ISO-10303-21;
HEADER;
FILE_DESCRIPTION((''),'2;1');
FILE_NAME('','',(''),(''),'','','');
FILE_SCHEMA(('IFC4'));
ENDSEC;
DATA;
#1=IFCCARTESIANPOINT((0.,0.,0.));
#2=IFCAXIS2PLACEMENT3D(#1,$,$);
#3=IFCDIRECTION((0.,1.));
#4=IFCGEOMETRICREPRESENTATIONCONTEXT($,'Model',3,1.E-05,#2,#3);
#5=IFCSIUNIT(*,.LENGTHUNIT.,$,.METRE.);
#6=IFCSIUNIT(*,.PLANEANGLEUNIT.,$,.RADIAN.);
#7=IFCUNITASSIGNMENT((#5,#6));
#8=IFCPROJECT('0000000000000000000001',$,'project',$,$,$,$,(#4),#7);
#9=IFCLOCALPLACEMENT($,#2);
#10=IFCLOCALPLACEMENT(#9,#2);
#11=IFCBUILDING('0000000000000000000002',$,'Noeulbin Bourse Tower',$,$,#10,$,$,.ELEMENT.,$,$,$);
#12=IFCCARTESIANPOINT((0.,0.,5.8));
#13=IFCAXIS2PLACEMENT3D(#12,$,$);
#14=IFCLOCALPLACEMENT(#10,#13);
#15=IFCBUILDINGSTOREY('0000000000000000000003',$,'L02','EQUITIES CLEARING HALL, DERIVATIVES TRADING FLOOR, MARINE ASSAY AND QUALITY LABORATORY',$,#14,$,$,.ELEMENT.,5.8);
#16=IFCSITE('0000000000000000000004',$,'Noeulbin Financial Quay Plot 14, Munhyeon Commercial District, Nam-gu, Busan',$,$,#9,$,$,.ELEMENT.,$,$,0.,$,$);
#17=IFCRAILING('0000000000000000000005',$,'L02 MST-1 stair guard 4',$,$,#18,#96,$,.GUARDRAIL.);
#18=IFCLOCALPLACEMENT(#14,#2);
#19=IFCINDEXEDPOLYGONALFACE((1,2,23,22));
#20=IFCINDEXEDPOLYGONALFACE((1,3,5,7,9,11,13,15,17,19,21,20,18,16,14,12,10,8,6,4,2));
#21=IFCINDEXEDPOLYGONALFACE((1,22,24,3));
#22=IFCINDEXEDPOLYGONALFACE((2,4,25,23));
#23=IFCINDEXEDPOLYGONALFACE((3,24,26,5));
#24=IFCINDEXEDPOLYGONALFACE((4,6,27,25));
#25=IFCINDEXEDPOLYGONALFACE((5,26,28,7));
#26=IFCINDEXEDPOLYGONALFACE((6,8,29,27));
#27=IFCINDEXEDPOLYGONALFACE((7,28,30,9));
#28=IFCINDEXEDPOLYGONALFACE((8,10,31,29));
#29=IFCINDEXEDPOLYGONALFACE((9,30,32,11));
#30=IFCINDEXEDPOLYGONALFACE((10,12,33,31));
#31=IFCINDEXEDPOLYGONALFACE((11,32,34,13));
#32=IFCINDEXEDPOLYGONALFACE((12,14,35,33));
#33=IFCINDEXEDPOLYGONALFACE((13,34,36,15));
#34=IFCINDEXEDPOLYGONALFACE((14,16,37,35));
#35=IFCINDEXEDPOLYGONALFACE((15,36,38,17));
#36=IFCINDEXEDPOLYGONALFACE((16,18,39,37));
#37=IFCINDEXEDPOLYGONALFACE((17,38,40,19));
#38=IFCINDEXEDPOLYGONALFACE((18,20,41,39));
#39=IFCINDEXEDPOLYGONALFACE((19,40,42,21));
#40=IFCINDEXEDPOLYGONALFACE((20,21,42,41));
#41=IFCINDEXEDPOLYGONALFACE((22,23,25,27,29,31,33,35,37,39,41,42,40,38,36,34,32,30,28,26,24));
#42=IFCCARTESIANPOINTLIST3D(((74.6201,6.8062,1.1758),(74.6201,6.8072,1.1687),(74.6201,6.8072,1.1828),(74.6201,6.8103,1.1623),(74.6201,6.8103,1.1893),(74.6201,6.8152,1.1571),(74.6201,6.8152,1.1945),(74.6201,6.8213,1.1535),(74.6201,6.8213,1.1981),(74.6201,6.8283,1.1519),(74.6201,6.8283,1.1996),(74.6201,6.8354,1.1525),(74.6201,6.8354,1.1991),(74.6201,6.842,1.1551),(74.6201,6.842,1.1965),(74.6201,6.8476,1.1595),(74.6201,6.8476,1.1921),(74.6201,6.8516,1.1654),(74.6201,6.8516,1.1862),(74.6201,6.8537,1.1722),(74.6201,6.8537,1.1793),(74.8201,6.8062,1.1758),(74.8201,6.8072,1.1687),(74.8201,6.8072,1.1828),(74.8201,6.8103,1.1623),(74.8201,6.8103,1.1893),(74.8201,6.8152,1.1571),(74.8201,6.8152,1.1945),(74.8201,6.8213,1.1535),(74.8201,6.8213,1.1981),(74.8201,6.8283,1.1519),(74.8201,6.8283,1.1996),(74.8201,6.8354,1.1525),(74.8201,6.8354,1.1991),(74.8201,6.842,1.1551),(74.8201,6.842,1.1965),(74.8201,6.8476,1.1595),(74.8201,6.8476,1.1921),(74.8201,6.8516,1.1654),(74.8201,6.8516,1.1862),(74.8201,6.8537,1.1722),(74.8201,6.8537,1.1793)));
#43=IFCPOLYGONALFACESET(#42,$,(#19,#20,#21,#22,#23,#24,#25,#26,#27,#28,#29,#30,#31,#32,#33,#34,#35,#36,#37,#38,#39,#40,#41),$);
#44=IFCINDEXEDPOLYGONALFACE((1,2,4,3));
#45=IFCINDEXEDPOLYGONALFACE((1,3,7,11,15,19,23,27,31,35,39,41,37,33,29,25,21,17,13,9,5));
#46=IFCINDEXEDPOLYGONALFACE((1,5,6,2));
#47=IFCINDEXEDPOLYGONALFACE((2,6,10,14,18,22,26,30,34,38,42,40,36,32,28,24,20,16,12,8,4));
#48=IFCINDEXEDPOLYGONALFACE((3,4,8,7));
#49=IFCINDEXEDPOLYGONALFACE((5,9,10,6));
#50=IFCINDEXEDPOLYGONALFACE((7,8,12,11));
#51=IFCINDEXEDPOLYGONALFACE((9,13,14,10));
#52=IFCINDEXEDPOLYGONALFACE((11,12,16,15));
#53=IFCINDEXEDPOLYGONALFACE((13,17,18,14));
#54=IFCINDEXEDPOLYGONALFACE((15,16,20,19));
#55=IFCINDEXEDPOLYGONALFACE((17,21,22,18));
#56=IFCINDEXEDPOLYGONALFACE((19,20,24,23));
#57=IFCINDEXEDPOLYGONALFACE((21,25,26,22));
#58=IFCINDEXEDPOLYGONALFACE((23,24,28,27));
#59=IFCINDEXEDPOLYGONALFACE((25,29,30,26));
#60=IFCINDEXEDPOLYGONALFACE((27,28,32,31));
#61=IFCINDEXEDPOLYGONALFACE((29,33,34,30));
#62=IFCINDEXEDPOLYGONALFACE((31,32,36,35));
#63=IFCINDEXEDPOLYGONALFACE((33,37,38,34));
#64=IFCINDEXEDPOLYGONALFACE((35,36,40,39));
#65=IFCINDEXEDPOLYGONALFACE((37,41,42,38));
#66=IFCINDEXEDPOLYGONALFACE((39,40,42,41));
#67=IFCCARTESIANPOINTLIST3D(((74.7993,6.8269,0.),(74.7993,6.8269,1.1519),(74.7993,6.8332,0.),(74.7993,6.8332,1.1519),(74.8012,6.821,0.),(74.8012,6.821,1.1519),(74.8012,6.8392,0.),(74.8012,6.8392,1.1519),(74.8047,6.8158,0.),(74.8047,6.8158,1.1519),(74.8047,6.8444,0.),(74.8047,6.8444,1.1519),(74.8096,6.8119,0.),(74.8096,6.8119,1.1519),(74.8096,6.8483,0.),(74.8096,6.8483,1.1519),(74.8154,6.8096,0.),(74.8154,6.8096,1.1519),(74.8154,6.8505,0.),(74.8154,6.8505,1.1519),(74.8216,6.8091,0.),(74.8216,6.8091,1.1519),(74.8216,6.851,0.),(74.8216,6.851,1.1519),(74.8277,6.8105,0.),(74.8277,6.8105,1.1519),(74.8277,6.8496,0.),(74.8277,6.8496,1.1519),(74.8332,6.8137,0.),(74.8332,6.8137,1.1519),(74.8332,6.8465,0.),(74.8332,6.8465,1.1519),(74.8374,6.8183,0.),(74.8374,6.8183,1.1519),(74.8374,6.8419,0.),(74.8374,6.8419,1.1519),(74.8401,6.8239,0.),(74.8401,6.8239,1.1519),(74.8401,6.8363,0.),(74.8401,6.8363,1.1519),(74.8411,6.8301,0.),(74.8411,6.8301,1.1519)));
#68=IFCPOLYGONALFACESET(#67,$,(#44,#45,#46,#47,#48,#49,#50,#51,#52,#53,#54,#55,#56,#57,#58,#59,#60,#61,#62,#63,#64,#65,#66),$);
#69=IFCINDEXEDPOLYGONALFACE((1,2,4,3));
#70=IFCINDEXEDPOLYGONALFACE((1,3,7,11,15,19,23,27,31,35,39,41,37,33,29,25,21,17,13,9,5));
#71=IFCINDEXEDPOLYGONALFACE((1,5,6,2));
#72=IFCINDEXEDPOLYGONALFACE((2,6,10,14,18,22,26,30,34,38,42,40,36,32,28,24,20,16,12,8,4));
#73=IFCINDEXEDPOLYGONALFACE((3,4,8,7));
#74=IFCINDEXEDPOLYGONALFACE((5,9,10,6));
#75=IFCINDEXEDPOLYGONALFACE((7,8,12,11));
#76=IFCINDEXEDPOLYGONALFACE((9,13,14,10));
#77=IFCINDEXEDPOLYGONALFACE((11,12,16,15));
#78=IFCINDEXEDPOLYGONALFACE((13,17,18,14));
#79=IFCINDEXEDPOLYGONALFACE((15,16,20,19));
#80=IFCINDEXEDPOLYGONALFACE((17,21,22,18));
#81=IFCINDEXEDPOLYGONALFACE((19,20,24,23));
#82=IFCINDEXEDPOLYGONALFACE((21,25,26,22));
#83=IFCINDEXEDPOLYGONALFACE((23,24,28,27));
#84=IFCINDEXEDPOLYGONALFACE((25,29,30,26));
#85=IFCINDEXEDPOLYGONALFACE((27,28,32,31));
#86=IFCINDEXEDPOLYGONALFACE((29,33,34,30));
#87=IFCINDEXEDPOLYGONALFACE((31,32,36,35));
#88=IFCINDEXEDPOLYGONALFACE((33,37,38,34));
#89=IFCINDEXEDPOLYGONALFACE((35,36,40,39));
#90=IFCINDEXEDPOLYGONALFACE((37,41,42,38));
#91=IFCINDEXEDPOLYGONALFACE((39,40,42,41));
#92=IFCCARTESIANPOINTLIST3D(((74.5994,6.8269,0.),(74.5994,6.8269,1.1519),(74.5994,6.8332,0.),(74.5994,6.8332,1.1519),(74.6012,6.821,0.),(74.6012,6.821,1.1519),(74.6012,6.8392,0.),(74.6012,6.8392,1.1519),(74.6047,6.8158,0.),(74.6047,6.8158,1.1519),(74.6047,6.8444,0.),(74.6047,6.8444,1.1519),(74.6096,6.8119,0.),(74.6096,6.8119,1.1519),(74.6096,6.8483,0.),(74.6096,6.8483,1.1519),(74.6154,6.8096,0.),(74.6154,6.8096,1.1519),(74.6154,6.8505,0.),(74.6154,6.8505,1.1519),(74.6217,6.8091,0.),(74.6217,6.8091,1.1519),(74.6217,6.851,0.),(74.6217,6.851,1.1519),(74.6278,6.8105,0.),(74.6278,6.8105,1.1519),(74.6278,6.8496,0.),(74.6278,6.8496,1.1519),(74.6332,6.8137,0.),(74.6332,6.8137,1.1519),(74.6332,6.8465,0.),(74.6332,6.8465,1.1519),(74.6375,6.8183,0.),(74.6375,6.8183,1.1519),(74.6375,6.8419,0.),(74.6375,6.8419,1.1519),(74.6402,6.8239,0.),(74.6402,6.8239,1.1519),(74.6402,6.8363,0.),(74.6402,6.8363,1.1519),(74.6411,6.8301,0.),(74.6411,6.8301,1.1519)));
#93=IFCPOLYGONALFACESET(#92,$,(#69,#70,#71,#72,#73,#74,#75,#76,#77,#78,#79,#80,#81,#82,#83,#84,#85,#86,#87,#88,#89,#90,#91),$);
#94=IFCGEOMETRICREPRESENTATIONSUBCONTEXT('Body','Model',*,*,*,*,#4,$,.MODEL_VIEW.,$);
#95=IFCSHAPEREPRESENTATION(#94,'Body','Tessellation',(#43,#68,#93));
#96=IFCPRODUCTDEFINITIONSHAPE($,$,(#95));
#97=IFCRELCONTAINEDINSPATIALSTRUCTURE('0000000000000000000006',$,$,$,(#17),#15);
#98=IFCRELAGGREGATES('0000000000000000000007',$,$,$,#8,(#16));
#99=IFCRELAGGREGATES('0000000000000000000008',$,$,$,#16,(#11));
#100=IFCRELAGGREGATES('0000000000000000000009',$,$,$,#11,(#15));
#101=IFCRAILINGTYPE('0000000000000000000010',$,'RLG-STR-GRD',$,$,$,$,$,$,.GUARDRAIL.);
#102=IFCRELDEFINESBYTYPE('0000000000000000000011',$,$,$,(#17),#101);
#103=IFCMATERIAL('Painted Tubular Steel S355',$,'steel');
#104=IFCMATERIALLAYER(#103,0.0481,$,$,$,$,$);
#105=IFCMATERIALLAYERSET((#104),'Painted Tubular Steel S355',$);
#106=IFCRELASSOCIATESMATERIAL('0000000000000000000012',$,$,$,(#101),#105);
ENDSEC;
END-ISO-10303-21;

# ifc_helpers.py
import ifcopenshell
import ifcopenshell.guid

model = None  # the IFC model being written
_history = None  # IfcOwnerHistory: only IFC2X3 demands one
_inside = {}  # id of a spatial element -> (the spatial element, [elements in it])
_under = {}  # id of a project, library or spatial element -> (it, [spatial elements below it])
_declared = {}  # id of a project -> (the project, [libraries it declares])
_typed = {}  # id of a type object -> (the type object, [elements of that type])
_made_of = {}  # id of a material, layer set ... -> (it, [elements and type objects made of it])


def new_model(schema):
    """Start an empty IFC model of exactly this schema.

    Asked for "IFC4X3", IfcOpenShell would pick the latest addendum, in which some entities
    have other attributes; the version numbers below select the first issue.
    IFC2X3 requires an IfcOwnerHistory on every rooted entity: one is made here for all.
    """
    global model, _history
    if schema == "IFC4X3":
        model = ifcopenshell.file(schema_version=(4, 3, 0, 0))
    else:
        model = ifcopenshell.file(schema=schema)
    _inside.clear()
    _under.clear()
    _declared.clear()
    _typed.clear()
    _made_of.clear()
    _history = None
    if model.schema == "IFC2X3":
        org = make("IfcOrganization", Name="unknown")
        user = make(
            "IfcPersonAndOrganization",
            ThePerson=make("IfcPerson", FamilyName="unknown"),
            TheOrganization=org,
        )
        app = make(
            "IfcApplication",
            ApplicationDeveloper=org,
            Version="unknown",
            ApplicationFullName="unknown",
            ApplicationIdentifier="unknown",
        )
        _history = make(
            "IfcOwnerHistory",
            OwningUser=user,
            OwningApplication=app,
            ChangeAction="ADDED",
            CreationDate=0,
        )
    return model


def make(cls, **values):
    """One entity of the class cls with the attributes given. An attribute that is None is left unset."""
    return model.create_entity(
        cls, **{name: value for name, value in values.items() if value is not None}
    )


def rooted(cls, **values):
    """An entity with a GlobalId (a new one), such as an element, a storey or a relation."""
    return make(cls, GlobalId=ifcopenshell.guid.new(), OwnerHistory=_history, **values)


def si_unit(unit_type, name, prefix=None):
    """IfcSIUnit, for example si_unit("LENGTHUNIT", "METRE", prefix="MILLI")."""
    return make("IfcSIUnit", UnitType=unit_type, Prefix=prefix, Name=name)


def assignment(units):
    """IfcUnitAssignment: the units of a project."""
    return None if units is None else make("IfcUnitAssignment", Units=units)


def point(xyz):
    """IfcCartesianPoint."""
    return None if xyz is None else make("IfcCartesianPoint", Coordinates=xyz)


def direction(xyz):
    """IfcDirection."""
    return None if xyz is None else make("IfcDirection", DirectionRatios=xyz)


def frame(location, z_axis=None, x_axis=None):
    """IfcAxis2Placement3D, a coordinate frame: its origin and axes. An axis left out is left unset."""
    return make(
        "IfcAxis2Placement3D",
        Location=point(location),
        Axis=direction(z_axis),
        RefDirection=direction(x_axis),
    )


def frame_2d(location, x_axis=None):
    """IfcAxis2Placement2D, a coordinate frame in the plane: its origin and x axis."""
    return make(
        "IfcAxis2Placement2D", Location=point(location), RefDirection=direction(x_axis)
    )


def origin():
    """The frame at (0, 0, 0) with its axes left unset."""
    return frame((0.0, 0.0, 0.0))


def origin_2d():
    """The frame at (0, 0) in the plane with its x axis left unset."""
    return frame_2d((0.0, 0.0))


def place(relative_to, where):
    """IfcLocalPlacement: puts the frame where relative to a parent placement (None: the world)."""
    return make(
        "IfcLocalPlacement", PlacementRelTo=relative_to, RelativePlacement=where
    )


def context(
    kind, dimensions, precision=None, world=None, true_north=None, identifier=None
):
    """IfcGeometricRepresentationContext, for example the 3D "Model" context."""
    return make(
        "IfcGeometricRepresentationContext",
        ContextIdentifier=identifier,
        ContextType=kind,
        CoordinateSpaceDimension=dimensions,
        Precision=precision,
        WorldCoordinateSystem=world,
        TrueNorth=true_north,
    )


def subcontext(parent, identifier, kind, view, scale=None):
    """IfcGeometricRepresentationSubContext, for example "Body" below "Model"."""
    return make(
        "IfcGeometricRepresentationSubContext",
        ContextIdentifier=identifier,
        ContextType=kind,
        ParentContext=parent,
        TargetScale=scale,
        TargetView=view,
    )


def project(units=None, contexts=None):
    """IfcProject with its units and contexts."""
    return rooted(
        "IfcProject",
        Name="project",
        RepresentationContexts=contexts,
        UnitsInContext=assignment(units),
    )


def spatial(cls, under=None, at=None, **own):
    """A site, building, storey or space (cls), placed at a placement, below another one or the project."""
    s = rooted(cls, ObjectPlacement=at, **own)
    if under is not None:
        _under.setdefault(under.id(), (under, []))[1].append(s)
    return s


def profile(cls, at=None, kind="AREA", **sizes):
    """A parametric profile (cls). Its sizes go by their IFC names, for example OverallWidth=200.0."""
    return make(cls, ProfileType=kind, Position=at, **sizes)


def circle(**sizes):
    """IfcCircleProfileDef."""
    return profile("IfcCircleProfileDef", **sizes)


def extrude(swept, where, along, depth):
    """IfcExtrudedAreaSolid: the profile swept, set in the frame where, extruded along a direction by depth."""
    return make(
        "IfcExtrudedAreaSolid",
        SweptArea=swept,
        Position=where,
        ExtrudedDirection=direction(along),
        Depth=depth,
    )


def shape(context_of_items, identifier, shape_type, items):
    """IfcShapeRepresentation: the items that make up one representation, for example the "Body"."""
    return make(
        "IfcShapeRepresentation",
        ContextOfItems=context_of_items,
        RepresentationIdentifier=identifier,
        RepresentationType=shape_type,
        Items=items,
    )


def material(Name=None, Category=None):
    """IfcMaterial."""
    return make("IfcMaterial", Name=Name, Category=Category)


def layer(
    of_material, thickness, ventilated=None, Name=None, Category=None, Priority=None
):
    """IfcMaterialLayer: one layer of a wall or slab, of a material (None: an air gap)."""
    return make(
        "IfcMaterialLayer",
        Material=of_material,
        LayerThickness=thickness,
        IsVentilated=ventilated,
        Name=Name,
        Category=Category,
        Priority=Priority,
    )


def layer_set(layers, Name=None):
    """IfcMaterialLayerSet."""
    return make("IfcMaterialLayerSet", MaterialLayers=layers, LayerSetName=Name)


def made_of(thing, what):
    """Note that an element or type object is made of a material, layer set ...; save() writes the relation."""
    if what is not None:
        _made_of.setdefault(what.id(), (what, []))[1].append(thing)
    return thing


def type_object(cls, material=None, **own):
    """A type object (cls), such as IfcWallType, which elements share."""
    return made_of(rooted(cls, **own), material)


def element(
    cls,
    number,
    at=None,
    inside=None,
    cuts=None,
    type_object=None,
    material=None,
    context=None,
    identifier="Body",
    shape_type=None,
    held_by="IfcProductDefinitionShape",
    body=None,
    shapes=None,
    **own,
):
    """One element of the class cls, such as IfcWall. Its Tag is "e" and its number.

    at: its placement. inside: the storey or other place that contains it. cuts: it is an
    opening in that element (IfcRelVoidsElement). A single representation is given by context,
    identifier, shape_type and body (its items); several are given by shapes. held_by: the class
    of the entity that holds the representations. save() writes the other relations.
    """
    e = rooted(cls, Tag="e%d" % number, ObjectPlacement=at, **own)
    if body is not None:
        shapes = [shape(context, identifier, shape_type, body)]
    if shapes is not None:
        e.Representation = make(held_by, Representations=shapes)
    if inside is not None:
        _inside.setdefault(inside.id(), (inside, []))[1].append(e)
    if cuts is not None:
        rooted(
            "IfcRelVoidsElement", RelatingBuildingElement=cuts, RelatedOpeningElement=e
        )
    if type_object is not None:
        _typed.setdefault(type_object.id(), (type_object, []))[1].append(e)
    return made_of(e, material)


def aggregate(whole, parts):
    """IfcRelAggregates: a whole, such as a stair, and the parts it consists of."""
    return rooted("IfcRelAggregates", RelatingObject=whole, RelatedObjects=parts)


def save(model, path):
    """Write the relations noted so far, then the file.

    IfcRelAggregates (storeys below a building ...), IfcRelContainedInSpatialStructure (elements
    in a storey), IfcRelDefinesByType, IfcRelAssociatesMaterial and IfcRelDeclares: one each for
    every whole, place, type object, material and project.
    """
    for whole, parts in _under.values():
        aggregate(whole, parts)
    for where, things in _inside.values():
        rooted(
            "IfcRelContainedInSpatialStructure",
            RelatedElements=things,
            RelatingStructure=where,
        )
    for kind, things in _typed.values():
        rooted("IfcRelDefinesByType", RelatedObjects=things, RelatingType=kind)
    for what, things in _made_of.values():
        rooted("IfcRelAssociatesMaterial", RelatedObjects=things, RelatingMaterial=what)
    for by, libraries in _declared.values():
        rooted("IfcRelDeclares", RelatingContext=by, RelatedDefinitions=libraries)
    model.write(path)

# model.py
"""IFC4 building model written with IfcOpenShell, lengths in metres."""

from ifc_helpers import new_model, si_unit, direction, frame, origin, origin_2d, place, context, subcontext, project, spatial, circle, extrude, material, layer, layer_set, type_object, element, save


model = new_model("IFC4")

# Units and contexts
model_context = context("Model", 3, precision=1e-05, world=origin(), true_north=direction((0.0, 1.0)))
body_context = subcontext(model_context, "Body", "Model", "MODEL_VIEW")
ifc_project = project(units=[si_unit("LENGTHUNIT", "METRE"), si_unit("PLANEANGLEUNIT", "RADIAN")], contexts=[model_context])

# Site, building, storey
site_placement = place(None, origin())
site = spatial("IfcSite", under=ifc_project, at=site_placement, Name="Noeulbin Financial Quay Plot 14, Munhyeon Commercial District, Nam-gu, Busan", CompositionType="ELEMENT", RefElevation=0.0)
building_placement = place(site_placement, origin())
building = spatial("IfcBuilding", under=site, at=building_placement, Name="Noeulbin Bourse Tower", CompositionType="ELEMENT")
storey_placement = place(building_placement, frame((0.0, 0.0, 5.8)))
storey = spatial("IfcBuildingStorey", under=building, at=storey_placement, Name="L02", Description="EQUITIES CLEARING HALL, DERIVATIVES TRADING FLOOR, MARINE ASSAY AND QUALITY LABORATORY", CompositionType="ELEMENT", Elevation=5.8)

# Railing
ifc_material_1 = material(Name="Painted Tubular Steel S355", Category="steel")
ifc_layer_1 = layer(ifc_material_1, 0.0481)
ifc_layer_set_1 = layer_set([ifc_layer_1], Name="Painted Tubular Steel S355")
railing_type_1 = type_object("IfcRailingType", Name="RLG-STR-GRD", PredefinedType="GUARDRAIL", material=ifc_layer_set_1)
railing_1_placement = place(storey_placement, frame((74.8201, 6.8301, 0.0)))
element("IfcRailing", 1, at=railing_1_placement, inside=storey, type_object=railing_type_1, Name="L02 MST-1 stair guard 4", PredefinedType="GUARDRAIL", context=body_context, shape_type="SweptSolid", body=[
    extrude(circle(Radius=0.0239, at=origin_2d()), frame((0.0, 0.0, 1.1758), z_axis=(-1.0, 0.0, 0.0), x_axis=(0.0, -1.0, 0.0)), (0.0, 0.0, 1.0), 0.2),
    extrude(circle(Radius=0.021, at=origin_2d()), origin(), (0.0, 0.0, 1.0), 1.1519),
    extrude(circle(Radius=0.021, at=origin_2d()), frame((-0.2, 0.0, 0.0)), (0.0, 0.0, 1.0), 1.1519),
])

save(model, "model.ifc")
